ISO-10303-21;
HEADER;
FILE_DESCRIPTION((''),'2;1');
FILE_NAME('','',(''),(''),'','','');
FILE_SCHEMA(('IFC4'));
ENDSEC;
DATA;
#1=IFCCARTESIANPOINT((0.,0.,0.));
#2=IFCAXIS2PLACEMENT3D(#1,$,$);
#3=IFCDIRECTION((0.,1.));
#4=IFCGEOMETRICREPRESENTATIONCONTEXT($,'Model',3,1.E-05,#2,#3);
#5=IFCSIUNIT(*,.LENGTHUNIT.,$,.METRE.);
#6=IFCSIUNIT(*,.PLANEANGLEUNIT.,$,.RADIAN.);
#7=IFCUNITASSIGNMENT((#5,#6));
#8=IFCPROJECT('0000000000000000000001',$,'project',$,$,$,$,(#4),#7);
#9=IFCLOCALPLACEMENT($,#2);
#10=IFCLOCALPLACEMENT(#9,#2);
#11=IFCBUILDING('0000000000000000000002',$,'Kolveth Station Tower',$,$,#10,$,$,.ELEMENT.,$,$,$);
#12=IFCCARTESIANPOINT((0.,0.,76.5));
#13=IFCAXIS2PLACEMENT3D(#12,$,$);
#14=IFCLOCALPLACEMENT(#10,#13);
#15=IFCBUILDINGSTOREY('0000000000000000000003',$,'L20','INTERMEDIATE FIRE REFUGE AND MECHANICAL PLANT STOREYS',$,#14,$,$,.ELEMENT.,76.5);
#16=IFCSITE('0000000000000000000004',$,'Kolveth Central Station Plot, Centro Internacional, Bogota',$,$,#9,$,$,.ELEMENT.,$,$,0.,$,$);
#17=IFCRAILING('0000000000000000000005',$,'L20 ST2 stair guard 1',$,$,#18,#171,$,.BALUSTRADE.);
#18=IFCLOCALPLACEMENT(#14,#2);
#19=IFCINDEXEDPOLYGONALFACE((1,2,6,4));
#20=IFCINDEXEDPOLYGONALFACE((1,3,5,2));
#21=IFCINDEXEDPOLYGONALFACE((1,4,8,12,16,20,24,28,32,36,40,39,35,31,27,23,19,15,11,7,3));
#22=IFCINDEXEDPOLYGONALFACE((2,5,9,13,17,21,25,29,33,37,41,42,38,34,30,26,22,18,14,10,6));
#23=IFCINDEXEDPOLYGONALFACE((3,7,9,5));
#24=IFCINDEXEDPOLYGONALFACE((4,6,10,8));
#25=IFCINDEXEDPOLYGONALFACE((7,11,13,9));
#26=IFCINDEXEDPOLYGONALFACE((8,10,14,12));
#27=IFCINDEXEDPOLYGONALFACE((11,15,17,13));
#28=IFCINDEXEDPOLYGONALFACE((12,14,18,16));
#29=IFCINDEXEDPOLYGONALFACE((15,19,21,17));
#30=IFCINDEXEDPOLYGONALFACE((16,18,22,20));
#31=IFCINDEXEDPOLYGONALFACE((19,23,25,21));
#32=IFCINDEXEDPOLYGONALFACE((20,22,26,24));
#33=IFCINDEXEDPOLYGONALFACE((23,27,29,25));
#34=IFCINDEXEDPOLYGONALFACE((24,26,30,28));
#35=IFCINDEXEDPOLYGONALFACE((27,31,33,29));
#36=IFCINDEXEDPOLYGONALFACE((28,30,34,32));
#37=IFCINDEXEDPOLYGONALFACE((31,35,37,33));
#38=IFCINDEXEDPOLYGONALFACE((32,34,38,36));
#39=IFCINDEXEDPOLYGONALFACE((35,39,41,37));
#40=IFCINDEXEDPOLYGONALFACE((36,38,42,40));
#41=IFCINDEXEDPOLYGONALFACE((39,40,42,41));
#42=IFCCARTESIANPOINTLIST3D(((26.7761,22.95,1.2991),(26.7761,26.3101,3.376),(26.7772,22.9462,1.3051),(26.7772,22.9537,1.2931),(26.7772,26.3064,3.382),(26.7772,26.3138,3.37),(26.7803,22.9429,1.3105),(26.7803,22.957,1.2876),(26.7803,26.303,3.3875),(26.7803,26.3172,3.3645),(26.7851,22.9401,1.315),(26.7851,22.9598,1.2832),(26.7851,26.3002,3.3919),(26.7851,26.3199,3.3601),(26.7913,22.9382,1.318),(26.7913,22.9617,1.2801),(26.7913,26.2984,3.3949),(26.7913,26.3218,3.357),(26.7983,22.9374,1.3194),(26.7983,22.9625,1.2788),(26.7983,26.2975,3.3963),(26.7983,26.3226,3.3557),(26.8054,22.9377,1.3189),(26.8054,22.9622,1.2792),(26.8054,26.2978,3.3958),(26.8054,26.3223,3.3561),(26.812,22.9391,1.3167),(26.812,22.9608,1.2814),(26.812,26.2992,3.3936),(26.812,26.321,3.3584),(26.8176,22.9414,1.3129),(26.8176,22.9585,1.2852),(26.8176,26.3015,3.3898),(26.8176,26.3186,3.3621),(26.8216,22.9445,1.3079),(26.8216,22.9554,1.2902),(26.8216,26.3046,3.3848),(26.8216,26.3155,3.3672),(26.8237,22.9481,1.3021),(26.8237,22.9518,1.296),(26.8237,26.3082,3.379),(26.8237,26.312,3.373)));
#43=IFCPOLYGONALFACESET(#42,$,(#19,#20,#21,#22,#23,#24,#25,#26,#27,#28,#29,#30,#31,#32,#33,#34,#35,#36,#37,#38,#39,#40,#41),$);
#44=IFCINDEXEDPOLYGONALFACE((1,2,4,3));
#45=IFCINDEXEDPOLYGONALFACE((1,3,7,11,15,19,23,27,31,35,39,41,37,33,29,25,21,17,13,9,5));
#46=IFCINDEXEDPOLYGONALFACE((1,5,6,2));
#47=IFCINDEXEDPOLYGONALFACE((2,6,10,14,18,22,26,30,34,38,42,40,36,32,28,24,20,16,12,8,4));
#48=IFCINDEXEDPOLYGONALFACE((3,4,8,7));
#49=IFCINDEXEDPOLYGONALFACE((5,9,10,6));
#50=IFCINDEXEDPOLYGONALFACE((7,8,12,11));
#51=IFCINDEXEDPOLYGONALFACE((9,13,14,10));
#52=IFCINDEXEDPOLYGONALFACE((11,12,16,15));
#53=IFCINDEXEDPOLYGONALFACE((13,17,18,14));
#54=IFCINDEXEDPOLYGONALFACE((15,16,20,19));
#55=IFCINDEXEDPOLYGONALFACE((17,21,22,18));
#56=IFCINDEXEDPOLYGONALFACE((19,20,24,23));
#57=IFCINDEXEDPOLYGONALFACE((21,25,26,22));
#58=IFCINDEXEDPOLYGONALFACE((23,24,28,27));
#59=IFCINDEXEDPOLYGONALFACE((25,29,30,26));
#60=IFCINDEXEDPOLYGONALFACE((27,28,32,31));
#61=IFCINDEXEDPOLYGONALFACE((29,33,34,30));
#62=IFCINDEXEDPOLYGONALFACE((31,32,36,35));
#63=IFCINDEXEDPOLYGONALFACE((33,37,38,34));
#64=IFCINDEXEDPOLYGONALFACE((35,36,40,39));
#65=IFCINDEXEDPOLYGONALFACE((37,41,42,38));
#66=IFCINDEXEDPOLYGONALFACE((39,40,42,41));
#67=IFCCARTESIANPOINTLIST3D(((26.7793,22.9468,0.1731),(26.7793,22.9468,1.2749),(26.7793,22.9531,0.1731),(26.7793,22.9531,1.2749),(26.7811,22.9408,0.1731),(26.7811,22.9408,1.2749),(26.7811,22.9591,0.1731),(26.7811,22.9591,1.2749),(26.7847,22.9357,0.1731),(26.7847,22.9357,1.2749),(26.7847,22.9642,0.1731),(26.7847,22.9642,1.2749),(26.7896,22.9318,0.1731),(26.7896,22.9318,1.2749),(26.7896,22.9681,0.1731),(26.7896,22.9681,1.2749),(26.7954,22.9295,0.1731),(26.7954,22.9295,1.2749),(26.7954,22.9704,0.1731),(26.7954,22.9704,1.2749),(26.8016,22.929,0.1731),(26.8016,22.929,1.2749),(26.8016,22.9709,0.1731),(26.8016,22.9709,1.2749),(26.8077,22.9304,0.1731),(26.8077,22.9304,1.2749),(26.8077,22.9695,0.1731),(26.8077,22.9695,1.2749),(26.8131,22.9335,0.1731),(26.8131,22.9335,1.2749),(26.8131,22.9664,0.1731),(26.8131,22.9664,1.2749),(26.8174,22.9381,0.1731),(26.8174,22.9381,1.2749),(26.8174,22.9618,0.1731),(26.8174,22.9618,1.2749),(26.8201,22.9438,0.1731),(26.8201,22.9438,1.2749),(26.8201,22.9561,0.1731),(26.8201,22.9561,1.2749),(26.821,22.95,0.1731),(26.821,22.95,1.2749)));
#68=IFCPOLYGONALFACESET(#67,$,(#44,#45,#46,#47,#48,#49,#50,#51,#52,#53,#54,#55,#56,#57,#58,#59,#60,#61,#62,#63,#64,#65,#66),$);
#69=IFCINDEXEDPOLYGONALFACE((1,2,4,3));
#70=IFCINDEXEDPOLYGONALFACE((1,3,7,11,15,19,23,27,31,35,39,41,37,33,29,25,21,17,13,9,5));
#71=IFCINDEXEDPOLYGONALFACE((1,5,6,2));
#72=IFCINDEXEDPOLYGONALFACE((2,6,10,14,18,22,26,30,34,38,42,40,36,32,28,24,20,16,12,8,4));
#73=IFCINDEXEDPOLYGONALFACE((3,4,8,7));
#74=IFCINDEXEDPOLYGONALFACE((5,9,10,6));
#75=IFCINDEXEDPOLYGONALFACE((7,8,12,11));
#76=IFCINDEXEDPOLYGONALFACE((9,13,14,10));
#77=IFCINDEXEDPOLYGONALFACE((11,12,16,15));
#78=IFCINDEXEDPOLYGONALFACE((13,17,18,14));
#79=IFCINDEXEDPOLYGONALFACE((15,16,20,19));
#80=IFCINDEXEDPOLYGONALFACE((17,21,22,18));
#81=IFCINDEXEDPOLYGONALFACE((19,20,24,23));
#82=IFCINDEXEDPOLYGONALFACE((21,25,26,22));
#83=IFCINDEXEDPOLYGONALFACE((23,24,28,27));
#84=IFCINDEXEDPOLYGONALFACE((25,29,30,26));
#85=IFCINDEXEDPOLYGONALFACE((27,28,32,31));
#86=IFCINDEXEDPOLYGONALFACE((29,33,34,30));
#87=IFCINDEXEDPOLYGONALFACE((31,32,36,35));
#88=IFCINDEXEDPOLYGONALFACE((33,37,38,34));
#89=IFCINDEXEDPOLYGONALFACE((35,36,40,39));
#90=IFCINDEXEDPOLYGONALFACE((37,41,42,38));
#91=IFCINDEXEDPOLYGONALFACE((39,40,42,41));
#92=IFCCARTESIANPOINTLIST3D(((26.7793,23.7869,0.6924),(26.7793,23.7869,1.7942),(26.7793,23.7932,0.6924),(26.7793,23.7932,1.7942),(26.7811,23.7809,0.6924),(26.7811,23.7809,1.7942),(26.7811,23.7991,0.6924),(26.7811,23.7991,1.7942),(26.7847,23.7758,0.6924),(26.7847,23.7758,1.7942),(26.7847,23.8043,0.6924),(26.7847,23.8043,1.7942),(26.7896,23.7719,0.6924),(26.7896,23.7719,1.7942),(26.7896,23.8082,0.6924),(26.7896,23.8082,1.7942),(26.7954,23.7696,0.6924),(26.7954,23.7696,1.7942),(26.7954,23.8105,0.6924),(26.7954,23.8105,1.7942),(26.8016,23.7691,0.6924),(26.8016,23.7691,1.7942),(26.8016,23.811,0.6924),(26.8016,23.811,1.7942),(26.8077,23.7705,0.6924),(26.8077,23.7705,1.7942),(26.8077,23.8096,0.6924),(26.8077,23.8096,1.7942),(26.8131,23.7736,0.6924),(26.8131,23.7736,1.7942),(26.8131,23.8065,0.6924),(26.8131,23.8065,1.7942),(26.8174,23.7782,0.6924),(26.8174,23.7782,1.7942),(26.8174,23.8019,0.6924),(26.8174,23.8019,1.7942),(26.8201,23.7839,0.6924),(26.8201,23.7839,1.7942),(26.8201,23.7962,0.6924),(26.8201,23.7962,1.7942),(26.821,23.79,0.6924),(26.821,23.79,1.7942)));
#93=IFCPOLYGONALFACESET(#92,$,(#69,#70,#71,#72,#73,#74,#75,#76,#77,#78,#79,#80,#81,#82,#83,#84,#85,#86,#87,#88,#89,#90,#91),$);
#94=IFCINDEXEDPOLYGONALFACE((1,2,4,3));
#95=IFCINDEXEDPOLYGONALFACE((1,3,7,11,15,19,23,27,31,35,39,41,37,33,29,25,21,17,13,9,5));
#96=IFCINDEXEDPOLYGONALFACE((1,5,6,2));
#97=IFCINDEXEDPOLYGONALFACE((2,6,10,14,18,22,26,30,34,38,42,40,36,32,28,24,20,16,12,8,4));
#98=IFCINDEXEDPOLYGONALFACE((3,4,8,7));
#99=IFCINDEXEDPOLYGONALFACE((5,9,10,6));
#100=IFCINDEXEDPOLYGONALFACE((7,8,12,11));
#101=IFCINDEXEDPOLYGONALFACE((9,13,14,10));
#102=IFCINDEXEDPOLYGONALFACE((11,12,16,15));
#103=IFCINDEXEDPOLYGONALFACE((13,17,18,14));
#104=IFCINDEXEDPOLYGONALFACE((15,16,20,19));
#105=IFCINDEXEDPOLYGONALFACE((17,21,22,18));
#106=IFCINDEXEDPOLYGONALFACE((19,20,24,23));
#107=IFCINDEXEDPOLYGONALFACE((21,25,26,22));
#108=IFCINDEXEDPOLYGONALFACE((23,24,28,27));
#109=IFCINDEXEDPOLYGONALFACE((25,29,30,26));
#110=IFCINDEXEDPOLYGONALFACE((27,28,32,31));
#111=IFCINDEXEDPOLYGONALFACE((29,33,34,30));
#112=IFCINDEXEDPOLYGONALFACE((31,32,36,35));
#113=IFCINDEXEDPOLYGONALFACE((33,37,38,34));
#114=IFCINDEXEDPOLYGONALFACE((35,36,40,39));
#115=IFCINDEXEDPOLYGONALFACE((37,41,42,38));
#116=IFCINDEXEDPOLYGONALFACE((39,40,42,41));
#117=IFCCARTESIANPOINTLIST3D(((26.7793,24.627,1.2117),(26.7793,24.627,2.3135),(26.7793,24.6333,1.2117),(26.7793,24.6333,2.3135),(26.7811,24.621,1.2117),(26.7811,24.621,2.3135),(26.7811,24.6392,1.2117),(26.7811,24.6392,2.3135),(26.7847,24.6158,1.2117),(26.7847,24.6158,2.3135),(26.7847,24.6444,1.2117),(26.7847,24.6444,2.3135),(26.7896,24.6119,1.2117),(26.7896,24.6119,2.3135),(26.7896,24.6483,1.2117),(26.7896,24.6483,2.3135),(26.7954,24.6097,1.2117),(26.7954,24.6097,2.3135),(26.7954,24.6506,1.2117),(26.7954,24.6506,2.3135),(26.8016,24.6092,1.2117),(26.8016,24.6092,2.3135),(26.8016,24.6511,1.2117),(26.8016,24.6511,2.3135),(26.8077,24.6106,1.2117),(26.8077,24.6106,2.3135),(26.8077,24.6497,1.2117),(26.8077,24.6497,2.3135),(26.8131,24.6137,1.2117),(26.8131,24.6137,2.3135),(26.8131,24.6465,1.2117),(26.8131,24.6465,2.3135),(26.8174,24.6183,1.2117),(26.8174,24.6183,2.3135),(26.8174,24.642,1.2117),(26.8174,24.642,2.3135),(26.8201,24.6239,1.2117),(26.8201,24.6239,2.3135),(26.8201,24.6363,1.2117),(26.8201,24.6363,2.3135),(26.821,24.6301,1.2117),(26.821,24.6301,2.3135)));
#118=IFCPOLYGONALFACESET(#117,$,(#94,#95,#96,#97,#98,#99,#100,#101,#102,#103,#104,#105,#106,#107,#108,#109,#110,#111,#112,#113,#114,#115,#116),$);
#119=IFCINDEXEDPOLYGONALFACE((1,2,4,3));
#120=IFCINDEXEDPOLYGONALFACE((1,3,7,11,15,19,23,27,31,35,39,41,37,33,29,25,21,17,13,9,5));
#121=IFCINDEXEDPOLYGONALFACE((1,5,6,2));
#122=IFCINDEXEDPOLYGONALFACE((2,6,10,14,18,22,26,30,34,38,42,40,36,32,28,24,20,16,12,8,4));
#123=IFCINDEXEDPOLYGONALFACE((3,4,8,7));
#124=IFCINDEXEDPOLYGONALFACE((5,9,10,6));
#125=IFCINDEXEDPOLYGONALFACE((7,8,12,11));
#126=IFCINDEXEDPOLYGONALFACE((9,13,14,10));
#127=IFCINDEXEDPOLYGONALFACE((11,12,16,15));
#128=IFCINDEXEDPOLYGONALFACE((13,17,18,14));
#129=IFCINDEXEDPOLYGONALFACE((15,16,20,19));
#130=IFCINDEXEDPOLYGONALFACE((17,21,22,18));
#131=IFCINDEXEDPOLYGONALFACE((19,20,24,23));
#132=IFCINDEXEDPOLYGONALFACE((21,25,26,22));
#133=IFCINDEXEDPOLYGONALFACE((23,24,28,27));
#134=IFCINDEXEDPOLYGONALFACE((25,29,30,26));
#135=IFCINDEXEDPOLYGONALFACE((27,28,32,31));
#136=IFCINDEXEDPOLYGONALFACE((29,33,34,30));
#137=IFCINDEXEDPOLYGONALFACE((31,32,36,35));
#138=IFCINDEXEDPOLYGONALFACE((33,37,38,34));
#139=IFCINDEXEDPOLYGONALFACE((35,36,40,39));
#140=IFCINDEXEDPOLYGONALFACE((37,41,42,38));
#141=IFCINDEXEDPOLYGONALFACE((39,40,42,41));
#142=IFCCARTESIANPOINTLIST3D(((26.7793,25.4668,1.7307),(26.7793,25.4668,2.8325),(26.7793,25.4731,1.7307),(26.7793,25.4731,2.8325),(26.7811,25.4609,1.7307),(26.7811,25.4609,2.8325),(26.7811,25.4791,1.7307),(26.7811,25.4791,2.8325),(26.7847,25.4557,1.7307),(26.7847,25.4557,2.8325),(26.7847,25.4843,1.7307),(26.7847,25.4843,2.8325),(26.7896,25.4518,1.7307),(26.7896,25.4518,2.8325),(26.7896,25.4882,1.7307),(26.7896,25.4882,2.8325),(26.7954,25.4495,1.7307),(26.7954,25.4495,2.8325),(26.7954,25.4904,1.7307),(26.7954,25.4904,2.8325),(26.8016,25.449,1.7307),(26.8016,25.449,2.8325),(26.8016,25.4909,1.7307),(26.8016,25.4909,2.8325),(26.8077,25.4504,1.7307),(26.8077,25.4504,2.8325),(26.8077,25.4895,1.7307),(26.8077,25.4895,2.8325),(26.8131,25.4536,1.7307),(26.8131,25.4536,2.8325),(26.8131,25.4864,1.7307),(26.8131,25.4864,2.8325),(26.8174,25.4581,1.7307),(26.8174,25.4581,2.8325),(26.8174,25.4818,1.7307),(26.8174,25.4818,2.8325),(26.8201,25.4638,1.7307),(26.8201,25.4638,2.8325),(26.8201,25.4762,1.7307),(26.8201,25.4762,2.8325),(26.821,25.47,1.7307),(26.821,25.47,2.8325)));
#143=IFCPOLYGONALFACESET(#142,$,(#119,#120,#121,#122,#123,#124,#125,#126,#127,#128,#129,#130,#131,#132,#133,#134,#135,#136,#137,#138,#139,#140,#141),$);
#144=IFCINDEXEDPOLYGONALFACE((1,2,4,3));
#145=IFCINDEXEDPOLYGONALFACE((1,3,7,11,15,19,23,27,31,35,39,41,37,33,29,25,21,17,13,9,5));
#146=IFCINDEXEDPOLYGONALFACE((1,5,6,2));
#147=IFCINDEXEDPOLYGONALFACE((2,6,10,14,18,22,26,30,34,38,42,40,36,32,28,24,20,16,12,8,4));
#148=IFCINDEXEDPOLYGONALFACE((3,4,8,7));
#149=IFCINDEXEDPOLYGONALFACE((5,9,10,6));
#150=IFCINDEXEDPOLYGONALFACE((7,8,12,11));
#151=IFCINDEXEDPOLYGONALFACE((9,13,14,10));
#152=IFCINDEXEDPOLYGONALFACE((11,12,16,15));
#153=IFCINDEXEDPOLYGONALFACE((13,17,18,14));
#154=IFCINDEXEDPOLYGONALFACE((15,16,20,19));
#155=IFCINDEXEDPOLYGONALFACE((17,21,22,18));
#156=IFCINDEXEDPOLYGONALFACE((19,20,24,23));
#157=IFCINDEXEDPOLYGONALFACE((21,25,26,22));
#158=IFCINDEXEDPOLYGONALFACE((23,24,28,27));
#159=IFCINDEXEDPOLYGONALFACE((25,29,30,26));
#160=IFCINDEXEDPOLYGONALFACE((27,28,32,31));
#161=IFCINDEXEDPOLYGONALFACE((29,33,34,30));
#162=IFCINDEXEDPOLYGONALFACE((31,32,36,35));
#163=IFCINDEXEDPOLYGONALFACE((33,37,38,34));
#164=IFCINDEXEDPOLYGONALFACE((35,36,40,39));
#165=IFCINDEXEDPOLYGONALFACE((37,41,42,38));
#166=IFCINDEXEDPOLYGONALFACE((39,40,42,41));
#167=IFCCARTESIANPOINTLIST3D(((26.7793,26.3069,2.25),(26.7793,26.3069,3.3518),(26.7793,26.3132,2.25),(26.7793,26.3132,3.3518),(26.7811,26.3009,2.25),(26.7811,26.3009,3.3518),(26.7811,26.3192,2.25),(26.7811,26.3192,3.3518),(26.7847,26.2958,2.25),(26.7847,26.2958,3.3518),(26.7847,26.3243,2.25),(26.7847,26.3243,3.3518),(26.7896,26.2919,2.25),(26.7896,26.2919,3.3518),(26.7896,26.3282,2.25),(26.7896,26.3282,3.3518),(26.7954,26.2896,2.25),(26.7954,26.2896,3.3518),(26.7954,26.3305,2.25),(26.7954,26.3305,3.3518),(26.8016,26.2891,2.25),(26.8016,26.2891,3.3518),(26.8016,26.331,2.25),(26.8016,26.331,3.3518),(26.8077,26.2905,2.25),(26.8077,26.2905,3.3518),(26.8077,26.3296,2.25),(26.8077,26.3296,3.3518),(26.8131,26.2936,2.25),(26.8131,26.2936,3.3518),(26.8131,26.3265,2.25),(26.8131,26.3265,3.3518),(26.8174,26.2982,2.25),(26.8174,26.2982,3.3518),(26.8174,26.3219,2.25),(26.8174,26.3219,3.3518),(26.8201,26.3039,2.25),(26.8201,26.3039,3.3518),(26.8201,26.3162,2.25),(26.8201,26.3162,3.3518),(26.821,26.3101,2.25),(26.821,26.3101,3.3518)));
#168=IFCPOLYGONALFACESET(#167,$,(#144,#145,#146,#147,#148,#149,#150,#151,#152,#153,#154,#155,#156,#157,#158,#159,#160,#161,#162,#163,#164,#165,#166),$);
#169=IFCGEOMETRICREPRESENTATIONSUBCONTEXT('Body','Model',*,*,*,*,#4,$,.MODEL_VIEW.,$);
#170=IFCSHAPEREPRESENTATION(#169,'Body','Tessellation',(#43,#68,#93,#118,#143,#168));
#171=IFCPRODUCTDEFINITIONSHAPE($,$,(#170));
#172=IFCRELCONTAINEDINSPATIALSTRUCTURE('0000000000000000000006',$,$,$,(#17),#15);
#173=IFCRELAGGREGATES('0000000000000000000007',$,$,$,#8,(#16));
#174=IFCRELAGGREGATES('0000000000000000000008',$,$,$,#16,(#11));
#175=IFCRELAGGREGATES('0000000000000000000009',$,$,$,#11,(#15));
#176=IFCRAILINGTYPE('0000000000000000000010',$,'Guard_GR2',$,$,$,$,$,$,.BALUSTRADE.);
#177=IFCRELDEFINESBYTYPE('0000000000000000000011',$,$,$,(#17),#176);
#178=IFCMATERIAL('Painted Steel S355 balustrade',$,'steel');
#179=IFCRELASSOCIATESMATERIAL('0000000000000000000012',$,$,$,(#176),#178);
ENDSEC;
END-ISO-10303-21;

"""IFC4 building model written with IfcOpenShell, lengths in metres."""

from ifc_helpers import new_model, si_unit, direction, frame, origin, origin_2d, place, context, subcontext, project, spatial, circle, extrude, material, type_object, element, save


model = new_model("IFC4")

# Units and contexts
model_context = context("Model", 3, precision=1e-05, world=origin(), true_north=direction((0.0, 1.0)))
body_context = subcontext(model_context, "Body", "Model", "MODEL_VIEW")
ifc_project = project(units=[si_unit("LENGTHUNIT", "METRE"), si_unit("PLANEANGLEUNIT", "RADIAN")], contexts=[model_context])

# Site, building, storey
site_placement = place(None, origin())
site = spatial("IfcSite", under=ifc_project, at=site_placement, Name="Kolveth Central Station Plot, Centro Internacional, Bogota", CompositionType="ELEMENT", RefElevation=0.0)
building_placement = place(site_placement, origin())
building = spatial("IfcBuilding", under=site, at=building_placement, Name="Kolveth Station Tower", CompositionType="ELEMENT")
storey_placement = place(building_placement, frame((0.0, 0.0, 76.5)))
storey = spatial("IfcBuildingStorey", under=building, at=storey_placement, Name="L20", Description="INTERMEDIATE FIRE REFUGE AND MECHANICAL PLANT STOREYS", CompositionType="ELEMENT", Elevation=76.5)

# Railing
ifc_material_1 = material(Name="Painted Steel S355 balustrade", Category="steel")
railing_type_1 = type_object("IfcRailingType", Name="Guard_GR2", PredefinedType="BALUSTRADE", material=ifc_material_1)
railing_1_placement = place(storey_placement, frame((26.8, 22.95, 0.1731)))
element("IfcRailing", 1, at=railing_1_placement, inside=storey, type_object=railing_type_1, Name="L20 ST2 stair guard 1", PredefinedType="BALUSTRADE", context=body_context, shape_type="SweptSolid", body=[
    extrude(circle(Radius=0.0239, at=origin_2d()), frame((0.0, 0.0, 1.126), z_axis=(0.0, 0.850623, 0.525776), x_axis=(-1.0, 0.0, 0.0)), (0.0, 0.0, 1.0), 3.9502),
    extrude(circle(Radius=0.021, at=origin_2d()), origin(), (0.0, 0.0, 1.0), 1.1018),
    extrude(circle(Radius=0.021, at=origin_2d()), frame((0.0, 0.8401, 0.5193)), (0.0, 0.0, 1.0), 1.1018),
    extrude(circle(Radius=0.021, at=origin_2d()), frame((0.0, 1.6802, 1.0386)), (0.0, 0.0, 1.0), 1.1018),
    extrude(circle(Radius=0.021, at=origin_2d()), frame((0.0, 2.52, 1.5576)), (0.0, 0.0, 1.0), 1.1018),
    extrude(circle(Radius=0.021, at=origin_2d()), frame((0.0, 3.3601, 2.0769)), (0.0, 0.0, 1.0), 1.1018),
])

save(model, "model.ifc")
